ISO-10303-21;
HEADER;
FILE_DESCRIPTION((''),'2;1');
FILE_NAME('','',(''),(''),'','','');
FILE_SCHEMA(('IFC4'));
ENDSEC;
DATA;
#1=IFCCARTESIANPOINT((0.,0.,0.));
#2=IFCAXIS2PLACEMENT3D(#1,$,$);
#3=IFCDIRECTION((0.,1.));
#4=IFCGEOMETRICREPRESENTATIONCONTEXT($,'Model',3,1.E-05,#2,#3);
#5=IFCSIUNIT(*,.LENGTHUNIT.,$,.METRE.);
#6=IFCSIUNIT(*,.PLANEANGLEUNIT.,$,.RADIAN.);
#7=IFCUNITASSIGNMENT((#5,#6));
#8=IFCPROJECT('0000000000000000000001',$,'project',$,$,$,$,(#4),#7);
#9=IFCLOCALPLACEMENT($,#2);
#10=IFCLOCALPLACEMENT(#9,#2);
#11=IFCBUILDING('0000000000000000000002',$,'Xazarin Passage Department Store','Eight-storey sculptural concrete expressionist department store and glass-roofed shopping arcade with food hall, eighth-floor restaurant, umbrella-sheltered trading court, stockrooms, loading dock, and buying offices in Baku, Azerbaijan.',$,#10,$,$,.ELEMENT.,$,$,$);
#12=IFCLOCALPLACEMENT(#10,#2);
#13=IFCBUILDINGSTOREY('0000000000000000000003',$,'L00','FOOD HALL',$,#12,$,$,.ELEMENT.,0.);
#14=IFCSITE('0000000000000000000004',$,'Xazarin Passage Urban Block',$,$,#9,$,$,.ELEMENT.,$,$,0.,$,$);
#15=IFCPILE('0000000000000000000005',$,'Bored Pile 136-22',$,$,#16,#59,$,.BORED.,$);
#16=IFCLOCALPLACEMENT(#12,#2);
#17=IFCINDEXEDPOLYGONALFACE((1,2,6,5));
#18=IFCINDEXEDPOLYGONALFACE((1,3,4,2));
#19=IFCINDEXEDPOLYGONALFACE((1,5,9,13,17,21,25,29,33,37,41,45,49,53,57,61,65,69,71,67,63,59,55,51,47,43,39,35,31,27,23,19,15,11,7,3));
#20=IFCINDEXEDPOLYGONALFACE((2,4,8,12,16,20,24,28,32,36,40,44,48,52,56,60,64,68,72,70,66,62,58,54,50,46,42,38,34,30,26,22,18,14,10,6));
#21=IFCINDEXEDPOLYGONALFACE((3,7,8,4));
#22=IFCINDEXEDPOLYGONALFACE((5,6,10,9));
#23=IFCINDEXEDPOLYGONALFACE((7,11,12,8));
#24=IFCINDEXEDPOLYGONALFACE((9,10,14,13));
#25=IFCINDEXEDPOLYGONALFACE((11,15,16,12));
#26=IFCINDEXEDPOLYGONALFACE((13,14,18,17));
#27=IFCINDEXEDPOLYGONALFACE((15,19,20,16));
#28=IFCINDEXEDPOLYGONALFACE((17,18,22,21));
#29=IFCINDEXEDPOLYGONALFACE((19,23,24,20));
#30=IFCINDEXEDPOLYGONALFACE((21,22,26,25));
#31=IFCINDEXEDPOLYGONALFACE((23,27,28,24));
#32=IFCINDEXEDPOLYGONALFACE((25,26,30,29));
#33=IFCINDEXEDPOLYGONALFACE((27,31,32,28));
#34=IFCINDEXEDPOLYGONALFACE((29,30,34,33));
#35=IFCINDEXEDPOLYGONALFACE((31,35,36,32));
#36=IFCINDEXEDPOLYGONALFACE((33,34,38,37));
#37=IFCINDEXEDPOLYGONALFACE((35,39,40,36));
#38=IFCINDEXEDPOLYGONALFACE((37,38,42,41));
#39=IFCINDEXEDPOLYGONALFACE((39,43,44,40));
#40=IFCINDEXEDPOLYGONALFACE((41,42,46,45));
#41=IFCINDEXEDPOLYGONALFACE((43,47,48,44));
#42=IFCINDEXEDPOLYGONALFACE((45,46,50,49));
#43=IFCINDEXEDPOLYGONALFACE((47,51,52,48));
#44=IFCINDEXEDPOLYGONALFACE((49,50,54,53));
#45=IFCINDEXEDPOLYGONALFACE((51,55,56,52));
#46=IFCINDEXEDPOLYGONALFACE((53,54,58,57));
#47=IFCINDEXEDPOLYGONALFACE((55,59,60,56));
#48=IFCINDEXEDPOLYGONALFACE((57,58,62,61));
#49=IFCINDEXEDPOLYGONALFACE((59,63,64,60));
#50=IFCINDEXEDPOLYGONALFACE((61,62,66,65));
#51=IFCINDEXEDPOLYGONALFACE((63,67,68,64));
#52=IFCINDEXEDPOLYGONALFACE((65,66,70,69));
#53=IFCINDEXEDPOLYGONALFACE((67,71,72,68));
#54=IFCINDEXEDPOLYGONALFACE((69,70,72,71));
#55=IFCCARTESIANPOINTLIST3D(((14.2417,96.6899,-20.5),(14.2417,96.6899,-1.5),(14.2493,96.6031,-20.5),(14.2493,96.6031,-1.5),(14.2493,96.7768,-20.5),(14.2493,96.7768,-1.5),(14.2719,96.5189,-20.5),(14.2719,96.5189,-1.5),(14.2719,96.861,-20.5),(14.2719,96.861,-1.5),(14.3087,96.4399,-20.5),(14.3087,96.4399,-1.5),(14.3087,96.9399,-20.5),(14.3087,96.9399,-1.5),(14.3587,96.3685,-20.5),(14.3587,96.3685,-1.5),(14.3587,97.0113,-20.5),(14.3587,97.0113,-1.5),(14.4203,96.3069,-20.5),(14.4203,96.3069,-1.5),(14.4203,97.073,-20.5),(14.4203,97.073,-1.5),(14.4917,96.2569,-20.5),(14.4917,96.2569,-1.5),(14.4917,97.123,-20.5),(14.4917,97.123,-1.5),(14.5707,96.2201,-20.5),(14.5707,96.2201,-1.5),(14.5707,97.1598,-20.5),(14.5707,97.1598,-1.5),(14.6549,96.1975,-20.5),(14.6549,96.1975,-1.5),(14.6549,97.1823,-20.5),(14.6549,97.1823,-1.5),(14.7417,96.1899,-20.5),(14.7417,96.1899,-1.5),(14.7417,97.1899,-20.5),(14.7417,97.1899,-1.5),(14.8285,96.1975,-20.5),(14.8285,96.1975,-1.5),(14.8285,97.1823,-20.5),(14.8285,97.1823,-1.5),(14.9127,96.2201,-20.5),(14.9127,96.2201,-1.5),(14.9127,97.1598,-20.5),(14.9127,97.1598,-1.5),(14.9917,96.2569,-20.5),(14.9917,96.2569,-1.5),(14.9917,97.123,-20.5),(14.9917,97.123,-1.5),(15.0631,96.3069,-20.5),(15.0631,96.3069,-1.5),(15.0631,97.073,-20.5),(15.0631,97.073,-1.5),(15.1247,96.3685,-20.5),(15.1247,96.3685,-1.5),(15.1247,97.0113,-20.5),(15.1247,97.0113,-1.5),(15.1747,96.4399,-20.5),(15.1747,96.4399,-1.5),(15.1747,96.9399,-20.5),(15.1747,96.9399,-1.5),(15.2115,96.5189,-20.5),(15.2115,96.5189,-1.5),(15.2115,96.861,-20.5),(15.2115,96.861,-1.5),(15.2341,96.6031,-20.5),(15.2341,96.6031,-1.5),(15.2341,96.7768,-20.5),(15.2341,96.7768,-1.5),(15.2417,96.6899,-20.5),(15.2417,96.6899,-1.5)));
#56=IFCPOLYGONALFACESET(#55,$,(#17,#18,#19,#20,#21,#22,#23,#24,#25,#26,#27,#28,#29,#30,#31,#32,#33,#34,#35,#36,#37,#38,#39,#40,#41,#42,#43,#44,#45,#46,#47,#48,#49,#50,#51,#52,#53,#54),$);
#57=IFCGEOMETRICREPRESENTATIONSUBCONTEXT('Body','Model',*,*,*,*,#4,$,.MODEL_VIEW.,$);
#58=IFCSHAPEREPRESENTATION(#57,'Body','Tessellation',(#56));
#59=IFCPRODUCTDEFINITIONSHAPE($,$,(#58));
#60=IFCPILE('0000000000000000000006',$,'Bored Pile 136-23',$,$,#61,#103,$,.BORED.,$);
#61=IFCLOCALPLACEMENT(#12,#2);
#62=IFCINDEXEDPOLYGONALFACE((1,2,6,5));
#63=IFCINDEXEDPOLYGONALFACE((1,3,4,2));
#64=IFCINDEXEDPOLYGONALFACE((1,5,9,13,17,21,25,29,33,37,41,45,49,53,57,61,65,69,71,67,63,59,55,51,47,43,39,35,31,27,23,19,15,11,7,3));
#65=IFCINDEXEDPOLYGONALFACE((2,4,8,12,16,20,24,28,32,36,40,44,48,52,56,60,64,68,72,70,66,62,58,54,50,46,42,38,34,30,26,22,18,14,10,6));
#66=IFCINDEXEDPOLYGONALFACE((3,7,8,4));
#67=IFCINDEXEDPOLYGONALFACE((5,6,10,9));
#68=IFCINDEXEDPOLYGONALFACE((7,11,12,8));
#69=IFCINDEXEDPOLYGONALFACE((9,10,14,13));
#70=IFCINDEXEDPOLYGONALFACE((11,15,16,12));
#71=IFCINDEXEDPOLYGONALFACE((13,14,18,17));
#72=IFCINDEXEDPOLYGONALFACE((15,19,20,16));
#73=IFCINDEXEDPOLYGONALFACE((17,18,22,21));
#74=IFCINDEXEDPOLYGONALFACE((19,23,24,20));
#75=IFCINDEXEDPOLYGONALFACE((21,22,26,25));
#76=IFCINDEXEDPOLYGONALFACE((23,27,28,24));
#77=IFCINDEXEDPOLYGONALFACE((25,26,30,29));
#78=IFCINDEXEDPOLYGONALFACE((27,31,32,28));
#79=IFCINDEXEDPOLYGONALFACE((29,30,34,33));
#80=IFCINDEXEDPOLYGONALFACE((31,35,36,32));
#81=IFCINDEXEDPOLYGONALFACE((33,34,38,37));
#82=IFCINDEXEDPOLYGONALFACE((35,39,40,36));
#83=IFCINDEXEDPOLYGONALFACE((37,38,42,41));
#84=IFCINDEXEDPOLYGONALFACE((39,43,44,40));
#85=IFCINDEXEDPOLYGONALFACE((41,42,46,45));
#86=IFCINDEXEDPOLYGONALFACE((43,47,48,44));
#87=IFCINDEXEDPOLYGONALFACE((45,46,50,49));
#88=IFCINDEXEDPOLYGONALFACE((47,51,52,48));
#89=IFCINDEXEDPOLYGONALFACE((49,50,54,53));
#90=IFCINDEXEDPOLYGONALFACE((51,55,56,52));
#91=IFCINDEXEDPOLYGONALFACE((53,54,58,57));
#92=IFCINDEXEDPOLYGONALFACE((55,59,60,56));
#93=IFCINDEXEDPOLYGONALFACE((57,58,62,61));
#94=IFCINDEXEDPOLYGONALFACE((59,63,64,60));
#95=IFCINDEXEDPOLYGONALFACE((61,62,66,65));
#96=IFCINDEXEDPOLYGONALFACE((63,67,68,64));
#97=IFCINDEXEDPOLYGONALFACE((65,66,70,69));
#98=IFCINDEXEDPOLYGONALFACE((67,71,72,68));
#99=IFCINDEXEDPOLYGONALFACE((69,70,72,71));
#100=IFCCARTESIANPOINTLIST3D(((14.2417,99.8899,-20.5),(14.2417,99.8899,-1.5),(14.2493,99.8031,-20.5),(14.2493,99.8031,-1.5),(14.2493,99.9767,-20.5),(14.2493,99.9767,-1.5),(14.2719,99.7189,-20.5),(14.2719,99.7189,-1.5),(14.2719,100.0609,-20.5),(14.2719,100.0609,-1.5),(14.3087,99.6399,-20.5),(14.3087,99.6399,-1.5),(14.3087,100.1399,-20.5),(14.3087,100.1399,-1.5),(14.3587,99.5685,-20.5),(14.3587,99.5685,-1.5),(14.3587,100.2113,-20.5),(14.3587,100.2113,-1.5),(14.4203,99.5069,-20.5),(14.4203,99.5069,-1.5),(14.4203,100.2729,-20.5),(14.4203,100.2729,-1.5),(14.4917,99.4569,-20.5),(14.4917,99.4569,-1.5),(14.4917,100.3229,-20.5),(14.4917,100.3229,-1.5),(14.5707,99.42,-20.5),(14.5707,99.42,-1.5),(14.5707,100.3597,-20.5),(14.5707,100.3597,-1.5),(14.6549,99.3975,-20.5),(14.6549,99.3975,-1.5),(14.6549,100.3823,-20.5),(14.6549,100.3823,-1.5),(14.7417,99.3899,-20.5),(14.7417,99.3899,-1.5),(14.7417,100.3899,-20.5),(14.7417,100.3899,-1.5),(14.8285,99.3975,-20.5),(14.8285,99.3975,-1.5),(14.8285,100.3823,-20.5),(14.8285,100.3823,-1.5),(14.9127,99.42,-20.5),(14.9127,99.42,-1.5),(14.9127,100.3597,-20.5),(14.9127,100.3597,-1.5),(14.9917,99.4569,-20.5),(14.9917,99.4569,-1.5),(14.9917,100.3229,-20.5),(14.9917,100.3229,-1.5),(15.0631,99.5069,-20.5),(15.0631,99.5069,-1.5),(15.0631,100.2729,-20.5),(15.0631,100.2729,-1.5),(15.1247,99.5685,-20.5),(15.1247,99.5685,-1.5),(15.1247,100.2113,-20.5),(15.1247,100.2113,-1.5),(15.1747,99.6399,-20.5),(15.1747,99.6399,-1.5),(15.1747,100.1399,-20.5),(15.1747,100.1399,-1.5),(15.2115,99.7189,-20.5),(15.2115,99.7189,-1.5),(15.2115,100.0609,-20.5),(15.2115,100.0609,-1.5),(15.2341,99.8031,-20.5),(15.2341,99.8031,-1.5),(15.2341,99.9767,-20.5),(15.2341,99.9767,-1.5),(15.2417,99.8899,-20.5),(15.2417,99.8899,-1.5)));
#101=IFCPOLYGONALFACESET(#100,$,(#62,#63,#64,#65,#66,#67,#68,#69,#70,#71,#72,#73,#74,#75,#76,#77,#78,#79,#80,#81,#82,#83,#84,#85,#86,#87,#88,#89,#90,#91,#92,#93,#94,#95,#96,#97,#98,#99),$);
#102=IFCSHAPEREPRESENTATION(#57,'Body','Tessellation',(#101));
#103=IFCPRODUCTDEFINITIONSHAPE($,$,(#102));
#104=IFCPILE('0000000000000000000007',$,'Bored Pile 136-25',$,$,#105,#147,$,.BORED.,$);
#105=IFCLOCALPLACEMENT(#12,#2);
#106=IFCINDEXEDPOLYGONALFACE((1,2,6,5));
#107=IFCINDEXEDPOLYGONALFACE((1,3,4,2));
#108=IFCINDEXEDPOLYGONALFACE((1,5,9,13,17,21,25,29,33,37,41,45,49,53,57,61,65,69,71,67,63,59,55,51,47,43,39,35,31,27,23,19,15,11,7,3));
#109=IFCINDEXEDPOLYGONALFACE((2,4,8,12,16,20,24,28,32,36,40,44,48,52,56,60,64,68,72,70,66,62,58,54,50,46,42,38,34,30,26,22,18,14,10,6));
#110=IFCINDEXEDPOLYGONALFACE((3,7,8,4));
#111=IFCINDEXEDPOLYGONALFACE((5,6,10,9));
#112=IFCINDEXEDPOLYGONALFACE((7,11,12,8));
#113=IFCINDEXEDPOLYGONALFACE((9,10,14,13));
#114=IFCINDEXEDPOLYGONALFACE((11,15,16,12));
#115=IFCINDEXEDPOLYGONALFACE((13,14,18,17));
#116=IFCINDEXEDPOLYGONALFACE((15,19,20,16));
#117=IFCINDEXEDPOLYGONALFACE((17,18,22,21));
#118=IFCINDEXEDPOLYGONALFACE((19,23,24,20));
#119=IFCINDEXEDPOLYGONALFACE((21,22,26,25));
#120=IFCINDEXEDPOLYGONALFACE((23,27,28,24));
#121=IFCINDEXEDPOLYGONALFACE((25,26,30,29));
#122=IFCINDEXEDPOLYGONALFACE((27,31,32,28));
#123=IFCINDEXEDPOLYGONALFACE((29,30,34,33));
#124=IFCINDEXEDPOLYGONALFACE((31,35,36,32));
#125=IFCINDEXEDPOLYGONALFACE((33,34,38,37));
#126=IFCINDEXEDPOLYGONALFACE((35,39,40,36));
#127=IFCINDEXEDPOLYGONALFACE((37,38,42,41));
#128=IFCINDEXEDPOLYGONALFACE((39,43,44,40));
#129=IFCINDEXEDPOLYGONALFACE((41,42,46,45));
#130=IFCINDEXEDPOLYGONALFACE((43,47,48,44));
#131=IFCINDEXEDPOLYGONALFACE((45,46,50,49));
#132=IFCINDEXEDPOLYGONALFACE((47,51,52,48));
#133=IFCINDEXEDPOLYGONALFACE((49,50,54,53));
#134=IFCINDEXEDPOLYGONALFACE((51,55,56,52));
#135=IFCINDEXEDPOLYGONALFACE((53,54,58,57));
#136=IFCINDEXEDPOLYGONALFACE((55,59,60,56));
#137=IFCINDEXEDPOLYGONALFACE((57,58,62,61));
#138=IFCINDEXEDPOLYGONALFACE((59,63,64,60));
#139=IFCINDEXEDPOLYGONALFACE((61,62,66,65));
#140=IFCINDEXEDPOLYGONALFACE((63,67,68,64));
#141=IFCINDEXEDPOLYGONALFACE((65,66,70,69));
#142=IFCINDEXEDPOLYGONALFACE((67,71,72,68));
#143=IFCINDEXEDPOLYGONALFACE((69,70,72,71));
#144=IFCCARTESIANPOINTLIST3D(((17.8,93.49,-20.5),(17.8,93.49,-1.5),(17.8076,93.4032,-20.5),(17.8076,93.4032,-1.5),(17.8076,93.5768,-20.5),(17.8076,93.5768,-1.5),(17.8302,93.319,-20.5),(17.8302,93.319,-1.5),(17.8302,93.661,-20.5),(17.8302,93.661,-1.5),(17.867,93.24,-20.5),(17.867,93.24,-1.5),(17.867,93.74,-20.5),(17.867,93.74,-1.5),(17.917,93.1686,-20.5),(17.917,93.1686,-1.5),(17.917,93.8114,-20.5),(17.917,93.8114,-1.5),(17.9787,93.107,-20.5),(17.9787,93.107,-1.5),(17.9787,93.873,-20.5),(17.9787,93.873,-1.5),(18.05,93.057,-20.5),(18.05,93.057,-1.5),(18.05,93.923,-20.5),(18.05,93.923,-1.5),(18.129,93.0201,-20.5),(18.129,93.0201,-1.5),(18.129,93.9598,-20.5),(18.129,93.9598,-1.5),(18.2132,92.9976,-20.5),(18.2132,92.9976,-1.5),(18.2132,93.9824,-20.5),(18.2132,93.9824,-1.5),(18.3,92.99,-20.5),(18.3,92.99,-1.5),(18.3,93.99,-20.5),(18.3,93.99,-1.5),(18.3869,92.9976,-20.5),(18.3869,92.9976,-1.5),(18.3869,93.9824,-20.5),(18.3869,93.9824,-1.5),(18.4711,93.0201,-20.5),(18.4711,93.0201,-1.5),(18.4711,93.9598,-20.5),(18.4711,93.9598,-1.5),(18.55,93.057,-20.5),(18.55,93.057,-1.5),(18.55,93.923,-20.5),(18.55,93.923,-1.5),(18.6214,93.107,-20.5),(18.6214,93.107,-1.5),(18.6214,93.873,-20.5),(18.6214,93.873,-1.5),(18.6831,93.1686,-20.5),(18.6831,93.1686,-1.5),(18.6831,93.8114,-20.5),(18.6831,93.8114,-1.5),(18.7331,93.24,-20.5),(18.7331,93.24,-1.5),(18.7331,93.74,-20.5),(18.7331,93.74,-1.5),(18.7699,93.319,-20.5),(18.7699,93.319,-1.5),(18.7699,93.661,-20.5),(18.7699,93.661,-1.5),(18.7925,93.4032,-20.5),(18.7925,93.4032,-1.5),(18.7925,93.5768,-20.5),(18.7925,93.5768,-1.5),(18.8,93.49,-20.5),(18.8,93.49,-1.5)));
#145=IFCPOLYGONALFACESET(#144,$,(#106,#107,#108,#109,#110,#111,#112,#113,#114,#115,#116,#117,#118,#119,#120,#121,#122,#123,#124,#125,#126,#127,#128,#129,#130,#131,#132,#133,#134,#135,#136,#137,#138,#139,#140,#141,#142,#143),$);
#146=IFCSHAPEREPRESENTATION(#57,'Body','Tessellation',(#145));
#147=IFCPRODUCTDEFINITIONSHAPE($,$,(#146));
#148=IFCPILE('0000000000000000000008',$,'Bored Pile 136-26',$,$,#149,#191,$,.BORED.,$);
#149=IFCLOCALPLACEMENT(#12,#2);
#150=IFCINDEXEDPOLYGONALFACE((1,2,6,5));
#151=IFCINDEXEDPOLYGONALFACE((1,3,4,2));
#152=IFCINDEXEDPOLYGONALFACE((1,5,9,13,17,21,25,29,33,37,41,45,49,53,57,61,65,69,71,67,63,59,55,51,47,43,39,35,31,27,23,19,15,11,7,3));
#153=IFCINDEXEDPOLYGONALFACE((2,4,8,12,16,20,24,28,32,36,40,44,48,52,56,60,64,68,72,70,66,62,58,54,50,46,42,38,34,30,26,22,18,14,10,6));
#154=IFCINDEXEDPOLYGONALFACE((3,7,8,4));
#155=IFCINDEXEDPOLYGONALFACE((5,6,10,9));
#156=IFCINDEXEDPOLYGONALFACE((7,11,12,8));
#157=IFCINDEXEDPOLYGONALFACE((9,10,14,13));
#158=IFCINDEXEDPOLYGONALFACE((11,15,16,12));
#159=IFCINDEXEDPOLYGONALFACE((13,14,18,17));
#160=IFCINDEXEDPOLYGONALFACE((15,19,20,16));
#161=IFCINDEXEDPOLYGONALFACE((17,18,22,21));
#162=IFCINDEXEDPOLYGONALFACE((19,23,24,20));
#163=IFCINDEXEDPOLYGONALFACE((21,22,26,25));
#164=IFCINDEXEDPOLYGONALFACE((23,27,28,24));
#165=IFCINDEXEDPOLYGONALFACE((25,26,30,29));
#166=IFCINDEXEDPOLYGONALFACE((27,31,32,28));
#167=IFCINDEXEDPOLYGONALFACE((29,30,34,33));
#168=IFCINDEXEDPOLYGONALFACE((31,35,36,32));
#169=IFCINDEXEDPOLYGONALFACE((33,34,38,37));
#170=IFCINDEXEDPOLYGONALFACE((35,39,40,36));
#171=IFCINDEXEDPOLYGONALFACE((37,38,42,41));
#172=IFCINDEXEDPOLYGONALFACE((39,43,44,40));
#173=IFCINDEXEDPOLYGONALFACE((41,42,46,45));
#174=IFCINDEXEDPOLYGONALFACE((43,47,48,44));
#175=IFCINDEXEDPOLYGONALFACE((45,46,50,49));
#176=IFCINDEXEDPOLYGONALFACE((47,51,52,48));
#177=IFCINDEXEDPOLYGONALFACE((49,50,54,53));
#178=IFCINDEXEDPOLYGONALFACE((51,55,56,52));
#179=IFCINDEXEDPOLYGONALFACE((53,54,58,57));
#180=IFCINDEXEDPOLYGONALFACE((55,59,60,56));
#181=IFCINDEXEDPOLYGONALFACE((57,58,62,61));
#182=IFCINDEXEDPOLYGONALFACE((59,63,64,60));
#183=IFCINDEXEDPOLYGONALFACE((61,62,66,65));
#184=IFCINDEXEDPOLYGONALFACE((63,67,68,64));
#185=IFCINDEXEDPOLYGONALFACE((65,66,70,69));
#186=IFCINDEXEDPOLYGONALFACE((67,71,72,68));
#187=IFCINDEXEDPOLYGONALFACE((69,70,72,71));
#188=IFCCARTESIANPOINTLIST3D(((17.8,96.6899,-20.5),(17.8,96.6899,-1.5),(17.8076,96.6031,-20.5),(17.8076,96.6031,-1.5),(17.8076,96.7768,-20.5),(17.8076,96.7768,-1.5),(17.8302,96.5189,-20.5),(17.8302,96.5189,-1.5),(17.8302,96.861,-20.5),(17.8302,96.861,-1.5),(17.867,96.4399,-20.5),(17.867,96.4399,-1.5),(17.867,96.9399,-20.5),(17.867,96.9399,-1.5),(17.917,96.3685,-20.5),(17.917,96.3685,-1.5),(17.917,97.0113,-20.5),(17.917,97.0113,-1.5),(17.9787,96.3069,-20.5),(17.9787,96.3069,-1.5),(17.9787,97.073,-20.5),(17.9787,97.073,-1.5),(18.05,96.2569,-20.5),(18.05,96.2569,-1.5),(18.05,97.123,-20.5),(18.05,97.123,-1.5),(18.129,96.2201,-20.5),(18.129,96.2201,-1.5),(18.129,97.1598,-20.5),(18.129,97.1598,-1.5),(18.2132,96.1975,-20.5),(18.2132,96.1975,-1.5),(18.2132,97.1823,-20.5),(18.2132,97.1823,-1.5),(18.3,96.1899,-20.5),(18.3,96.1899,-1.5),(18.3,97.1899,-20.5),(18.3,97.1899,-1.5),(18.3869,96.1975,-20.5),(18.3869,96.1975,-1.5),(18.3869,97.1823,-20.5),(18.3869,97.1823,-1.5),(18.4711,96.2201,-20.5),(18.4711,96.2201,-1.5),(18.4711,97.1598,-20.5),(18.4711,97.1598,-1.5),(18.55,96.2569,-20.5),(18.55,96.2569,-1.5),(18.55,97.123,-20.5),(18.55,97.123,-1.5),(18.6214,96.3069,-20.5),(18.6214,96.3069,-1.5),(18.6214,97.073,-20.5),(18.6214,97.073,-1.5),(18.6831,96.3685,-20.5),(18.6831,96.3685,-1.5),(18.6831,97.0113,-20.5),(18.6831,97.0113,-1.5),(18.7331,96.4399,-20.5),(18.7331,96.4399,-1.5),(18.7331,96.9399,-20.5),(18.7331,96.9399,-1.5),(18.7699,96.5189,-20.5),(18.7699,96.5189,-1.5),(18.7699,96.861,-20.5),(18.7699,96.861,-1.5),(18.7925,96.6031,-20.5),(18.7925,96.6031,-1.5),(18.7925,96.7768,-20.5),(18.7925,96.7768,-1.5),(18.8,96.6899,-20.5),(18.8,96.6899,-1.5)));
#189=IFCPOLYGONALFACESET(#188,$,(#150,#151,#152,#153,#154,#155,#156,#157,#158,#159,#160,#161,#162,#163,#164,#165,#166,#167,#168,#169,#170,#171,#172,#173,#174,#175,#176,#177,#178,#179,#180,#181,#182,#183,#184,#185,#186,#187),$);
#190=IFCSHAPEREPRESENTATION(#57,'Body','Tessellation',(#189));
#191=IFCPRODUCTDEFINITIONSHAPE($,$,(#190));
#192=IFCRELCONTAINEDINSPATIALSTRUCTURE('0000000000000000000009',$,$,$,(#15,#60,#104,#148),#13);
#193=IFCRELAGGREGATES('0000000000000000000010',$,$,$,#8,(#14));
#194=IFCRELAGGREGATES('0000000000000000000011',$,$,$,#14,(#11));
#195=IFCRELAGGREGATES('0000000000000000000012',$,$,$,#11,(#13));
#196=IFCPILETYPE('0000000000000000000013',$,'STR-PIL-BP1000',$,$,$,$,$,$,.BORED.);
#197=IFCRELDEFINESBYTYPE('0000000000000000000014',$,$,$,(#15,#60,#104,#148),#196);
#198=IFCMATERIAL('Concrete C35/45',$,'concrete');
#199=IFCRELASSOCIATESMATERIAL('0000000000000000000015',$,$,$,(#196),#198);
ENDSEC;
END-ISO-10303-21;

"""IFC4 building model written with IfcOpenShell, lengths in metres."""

from ifc_helpers import new_model, si_unit, direction, frame, origin, origin_2d, place, context, subcontext, project, spatial, circle, extrude, material, material_profile, profile_set, type_object, element, save


model = new_model("IFC4")

# Units and contexts
model_context = context("Model", 3, precision=1e-05, world=origin(), true_north=direction((0.0, 1.0)))
body_context = subcontext(model_context, "Body", "Model", "MODEL_VIEW")
ifc_project = project(units=[si_unit("LENGTHUNIT", "METRE"), si_unit("PLANEANGLEUNIT", "RADIAN")], contexts=[model_context])

# Site, building, storey
site_placement = place(None, origin())
site = spatial("IfcSite", under=ifc_project, at=site_placement, Name="Xazarin Passage Urban Block", CompositionType="ELEMENT", RefElevation=0.0)
building_placement = place(site_placement, origin())
building = spatial("IfcBuilding", under=site, at=building_placement, Name="Xazarin Passage Department Store", Description="Eight-storey sculptural concrete expressionist department store and glass-roofed shopping arcade with food hall, eighth-floor restaurant, umbrella-sheltered trading court, stockrooms, loading dock, and buying offices in Baku, Azerbaijan.", CompositionType="ELEMENT")
storey_placement = place(building_placement, origin())
storey = spatial("IfcBuildingStorey", under=building, at=storey_placement, Name="L00", Description="FOOD HALL", CompositionType="ELEMENT", Elevation=0.0)

# Piles
ifc_material_1 = material(Name="Concrete C35/45", Category="concrete")
ifc_material_profile_1 = material_profile(ifc_material_1, circle(Radius=0.5, at=origin_2d()), Name="BP 1000")
ifc_profile_set_1 = profile_set([ifc_material_profile_1], Name="Concrete C35/45")
pile_type_1 = type_object("IfcPileType", Name="STR-PIL-BP1000", PredefinedType="BORED", material=ifc_profile_set_1)
for number, where, z_axis, x_axis, name in (
    (1, (14.7417, 96.6899, -1.5), (0.0, 0.0, -1.0), (1.0, 0.0, 0.0), "Bored Pile 136-22"),
    (2, (14.7417, 99.8899, -1.5), (0.0, 0.0, -1.0), (1.0, 0.0, 0.0), "Bored Pile 136-23"),
    (3, (18.3, 93.49, -1.5), (0.0, 0.0, -1.0), (1.0, 0.0, 0.0), "Bored Pile 136-25"),
    (4, (18.3, 96.6899, -1.5), (0.0, 0.0, -1.0), (1.0, 0.0, 0.0), "Bored Pile 136-26"),
):
    element("IfcPile", number, at=place(storey_placement, frame(where, z_axis=z_axis, x_axis=x_axis)), inside=storey, type_object=pile_type_1, Name=name, PredefinedType="BORED", context=body_context, shape_type="SweptSolid", body=[
        extrude(circle(Radius=0.5, at=origin_2d()), origin(), (0.0, 0.0, 1.0), 19.0),
    ])

save(model, "model.ifc")
